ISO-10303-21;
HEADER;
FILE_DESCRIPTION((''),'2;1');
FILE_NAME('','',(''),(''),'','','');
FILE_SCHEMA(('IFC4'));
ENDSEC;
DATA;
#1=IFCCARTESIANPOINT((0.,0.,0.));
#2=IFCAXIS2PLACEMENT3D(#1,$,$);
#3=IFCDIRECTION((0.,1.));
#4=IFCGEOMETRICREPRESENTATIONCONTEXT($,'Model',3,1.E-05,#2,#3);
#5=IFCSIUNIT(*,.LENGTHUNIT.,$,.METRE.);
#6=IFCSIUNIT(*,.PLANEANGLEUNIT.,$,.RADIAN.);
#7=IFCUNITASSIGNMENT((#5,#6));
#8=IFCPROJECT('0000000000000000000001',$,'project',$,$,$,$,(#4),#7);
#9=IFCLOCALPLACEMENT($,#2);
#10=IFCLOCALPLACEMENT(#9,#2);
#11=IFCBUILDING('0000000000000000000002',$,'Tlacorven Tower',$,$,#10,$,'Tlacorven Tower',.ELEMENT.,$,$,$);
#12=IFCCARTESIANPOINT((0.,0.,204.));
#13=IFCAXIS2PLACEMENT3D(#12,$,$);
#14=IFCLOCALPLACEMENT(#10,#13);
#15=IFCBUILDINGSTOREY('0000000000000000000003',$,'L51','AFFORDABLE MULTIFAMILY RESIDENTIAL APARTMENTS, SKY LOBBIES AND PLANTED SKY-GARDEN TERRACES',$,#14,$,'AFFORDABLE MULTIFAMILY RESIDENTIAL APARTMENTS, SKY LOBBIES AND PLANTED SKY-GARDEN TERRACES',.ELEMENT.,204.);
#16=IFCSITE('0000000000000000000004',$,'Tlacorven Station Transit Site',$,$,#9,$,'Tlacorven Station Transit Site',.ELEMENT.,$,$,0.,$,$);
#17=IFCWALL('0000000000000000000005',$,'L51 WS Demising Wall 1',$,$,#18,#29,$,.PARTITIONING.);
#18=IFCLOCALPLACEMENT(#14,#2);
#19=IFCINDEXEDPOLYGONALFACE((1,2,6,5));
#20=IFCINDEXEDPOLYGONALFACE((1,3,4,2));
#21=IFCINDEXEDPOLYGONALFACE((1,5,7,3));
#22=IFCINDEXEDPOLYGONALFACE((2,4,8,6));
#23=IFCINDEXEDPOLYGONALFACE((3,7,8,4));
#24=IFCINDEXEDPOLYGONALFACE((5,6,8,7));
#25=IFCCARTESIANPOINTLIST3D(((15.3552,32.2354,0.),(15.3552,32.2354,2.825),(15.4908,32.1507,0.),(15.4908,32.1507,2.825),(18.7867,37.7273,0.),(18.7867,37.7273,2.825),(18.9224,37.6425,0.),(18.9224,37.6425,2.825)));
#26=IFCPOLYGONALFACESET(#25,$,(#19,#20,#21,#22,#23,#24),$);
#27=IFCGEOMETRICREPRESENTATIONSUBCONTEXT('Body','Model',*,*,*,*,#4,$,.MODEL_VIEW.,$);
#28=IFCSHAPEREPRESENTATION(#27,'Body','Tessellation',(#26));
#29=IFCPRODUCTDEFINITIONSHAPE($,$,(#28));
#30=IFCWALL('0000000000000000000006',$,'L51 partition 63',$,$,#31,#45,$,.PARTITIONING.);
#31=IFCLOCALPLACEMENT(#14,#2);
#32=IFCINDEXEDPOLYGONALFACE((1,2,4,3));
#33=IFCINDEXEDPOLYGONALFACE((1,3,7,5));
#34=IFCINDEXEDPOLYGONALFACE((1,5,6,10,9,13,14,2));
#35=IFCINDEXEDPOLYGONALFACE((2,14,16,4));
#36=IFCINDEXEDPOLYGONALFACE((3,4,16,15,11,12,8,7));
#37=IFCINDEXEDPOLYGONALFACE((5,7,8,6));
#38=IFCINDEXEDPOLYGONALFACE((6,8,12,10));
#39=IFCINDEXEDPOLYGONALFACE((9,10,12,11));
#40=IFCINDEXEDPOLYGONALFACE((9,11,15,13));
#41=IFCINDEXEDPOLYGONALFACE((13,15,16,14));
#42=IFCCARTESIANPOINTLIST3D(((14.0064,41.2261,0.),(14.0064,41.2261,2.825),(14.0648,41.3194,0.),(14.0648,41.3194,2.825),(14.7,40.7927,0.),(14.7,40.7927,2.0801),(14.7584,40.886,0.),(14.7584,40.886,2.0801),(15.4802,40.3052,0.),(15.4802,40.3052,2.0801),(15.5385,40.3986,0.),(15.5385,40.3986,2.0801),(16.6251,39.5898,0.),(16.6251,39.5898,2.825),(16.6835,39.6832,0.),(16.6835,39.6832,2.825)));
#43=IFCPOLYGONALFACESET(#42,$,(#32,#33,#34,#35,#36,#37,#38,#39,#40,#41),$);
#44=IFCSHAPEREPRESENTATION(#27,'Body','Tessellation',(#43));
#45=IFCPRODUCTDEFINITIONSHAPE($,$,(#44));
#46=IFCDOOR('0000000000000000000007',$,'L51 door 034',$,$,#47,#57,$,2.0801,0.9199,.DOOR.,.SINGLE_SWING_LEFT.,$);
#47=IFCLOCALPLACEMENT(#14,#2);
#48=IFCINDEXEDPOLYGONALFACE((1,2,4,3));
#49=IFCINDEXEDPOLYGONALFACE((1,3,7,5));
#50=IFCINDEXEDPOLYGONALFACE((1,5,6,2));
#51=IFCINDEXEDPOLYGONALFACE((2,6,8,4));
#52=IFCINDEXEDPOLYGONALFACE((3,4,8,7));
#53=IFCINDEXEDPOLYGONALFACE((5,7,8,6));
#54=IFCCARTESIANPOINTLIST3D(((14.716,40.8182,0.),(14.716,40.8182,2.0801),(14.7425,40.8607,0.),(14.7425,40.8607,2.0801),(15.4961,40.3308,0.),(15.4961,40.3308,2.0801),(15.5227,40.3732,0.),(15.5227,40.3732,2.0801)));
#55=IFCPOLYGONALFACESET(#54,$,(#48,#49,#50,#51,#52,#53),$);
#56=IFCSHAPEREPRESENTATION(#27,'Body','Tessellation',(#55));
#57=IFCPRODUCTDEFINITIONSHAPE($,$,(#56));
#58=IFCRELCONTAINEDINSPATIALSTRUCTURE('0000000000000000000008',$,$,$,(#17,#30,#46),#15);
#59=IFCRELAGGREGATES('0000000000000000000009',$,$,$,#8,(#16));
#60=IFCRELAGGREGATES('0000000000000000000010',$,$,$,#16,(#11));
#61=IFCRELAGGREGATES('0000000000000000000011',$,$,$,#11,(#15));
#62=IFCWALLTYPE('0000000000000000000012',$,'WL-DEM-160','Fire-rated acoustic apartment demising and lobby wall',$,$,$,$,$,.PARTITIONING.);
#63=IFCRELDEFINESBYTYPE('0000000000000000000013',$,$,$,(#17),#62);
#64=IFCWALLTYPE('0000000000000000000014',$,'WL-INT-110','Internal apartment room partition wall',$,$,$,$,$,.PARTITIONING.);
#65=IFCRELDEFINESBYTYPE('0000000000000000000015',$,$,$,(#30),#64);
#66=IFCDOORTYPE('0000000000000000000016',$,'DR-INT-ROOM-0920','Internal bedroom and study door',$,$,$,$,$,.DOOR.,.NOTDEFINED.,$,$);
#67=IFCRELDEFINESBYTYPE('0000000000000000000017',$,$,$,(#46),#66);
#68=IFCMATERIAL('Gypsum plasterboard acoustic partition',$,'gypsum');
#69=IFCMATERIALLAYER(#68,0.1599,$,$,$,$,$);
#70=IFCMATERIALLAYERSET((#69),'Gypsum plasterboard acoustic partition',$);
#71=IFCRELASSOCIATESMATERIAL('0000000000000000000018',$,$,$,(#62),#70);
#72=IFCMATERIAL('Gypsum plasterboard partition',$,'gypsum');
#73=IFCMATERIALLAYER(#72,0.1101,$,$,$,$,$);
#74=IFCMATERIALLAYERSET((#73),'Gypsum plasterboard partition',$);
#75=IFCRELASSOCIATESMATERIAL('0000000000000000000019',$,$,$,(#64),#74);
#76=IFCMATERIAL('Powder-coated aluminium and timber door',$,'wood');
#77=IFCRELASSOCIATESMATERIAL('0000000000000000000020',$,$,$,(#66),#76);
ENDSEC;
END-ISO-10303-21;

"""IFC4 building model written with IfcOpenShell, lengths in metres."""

from ifc_helpers import new_model, si_unit, direction, frame, frame_2d, origin, place, context, subcontext, project, spatial, rectangle, extrude, source, transform, mapped, material, layer, layer_set, type_object, element, fill, save


model = new_model("IFC4")

# Units and contexts
model_context = context("Model", 3, precision=1e-05, world=origin(), true_north=direction((0.0, 1.0)))
body_context = subcontext(model_context, "Body", "Model", "MODEL_VIEW")
ifc_project = project(units=[si_unit("LENGTHUNIT", "METRE"), si_unit("PLANEANGLEUNIT", "RADIAN")], contexts=[model_context])

# Site, building, storey
site_placement = place(None, origin())
site = spatial("IfcSite", under=ifc_project, at=site_placement, Name="Tlacorven Station Transit Site", LongName="Tlacorven Station Transit Site", CompositionType="ELEMENT", RefElevation=0.0)
building_placement = place(site_placement, origin())
building = spatial("IfcBuilding", under=site, at=building_placement, Name="Tlacorven Tower", LongName="Tlacorven Tower", CompositionType="ELEMENT")
storey_placement = place(building_placement, frame((0.0, 0.0, 204.0)))
storey = spatial("IfcBuildingStorey", under=building, at=storey_placement, Name="L51", Description="AFFORDABLE MULTIFAMILY RESIDENTIAL APARTMENTS, SKY LOBBIES AND PLANTED SKY-GARDEN TERRACES", LongName="AFFORDABLE MULTIFAMILY RESIDENTIAL APARTMENTS, SKY LOBBIES AND PLANTED SKY-GARDEN TERRACES", CompositionType="ELEMENT", Elevation=204.0)

# Wall
ifc_material_1 = material(Name="Gypsum plasterboard acoustic partition", Category="gypsum")
ifc_layer_1 = layer(ifc_material_1, 0.1599)
ifc_layer_set_1 = layer_set([ifc_layer_1], Name="Gypsum plasterboard acoustic partition")
wall_type_1 = type_object("IfcWallType", Name="WL-DEM-160", Description="Fire-rated acoustic apartment demising and lobby wall", PredefinedType="PARTITIONING", material=ifc_layer_set_1)
wall_1_placement = place(storey_placement, frame((18.8545, 37.6848, 0.0), z_axis=(0.0, 0.0, 1.0), x_axis=(-0.529907, -0.848055, 0.0)))
element("IfcWall", 1, at=wall_1_placement, inside=storey, type_object=wall_type_1, Name="L51 WS Demising Wall 1", PredefinedType="PARTITIONING", context=body_context, shape_type="SweptSolid", body=[
    extrude(rectangle(XDim=6.4758, YDim=0.1599, at=frame_2d((3.2378, 0.0))), origin(), (0.0, 0.0, 1.0), 2.825),
])

# Wall, opening, door
ifc_material_2 = material(Name="Gypsum plasterboard partition", Category="gypsum")
ifc_layer_2 = layer(ifc_material_2, 0.1101)
ifc_layer_set_2 = layer_set([ifc_layer_2], Name="Gypsum plasterboard partition")
wall_type_2 = type_object("IfcWallType", Name="WL-INT-110", Description="Internal apartment room partition wall", PredefinedType="PARTITIONING", material=ifc_layer_set_2)
wall_2_placement = place(storey_placement, frame((16.6543, 39.6365, 0.0), z_axis=(0.0, 0.0, 1.0), x_axis=(-0.84806, 0.529899, 0.0)))
wall_2 = element("IfcWall", 2, at=wall_2_placement, inside=storey, type_object=wall_type_2, Name="L51 partition 63", PredefinedType="PARTITIONING", context=body_context, shape_type="SweptSolid", body=[
    extrude(rectangle(XDim=3.0879, YDim=0.1101, at=frame_2d((1.5439, 0.0))), origin(), (0.0, 0.0, 1.0), 2.825),
])
opening_placement = place(wall_2_placement, frame((1.3501, 0.0, 0.0)))
opening = element("IfcOpeningElement", 3, at=opening_placement, cuts=wall_2, PredefinedType="OPENING", context=body_context, shape_type="SweptSolid", body=[
    extrude(rectangle(XDim=0.9199, YDim=2.0801, at=frame_2d((0.46, 1.04))), frame((0.0, 0.0649, 0.0), z_axis=(0.0, -1.0, 0.0), x_axis=(1.0, 0.0, 0.0)), (0.0, 0.0, 1.0), 0.1301),
])
ifc_material_3 = material(Name="Powder-coated aluminium and timber door", Category="wood")
door_type = type_object("IfcDoorType", Name="DR-INT-ROOM-0920", Description="Internal bedroom and study door", OperationType="NOTDEFINED", PredefinedType="DOOR", material=ifc_material_3)
shared_shape_1 = source(origin(), body_context, "Body", "SweptSolid", [
    extrude(rectangle(XDim=0.9199, YDim=2.0801, at=frame_2d((0.46, 1.04))), frame((0.0, 0.0249, 0.0), z_axis=(0.0, -1.0, 0.0), x_axis=(1.0, 0.0, 0.0)), (0.0, 0.0, 1.0), 0.05),
])
door_placement = place(opening_placement, origin())
door = element("IfcDoor", 4, at=door_placement, inside=storey, type_object=door_type, Name="L51 door 034", OperationType="SINGLE_SWING_LEFT", OverallHeight=2.0801, OverallWidth=0.9199, PredefinedType="DOOR", context=body_context, shape_type="MappedRepresentation", body=[
    mapped(shared_shape_1, transform((0.0, 0.0, 0.0), scale=1.0)),
])
fill(opening, door)

save(model, "model.ifc")
